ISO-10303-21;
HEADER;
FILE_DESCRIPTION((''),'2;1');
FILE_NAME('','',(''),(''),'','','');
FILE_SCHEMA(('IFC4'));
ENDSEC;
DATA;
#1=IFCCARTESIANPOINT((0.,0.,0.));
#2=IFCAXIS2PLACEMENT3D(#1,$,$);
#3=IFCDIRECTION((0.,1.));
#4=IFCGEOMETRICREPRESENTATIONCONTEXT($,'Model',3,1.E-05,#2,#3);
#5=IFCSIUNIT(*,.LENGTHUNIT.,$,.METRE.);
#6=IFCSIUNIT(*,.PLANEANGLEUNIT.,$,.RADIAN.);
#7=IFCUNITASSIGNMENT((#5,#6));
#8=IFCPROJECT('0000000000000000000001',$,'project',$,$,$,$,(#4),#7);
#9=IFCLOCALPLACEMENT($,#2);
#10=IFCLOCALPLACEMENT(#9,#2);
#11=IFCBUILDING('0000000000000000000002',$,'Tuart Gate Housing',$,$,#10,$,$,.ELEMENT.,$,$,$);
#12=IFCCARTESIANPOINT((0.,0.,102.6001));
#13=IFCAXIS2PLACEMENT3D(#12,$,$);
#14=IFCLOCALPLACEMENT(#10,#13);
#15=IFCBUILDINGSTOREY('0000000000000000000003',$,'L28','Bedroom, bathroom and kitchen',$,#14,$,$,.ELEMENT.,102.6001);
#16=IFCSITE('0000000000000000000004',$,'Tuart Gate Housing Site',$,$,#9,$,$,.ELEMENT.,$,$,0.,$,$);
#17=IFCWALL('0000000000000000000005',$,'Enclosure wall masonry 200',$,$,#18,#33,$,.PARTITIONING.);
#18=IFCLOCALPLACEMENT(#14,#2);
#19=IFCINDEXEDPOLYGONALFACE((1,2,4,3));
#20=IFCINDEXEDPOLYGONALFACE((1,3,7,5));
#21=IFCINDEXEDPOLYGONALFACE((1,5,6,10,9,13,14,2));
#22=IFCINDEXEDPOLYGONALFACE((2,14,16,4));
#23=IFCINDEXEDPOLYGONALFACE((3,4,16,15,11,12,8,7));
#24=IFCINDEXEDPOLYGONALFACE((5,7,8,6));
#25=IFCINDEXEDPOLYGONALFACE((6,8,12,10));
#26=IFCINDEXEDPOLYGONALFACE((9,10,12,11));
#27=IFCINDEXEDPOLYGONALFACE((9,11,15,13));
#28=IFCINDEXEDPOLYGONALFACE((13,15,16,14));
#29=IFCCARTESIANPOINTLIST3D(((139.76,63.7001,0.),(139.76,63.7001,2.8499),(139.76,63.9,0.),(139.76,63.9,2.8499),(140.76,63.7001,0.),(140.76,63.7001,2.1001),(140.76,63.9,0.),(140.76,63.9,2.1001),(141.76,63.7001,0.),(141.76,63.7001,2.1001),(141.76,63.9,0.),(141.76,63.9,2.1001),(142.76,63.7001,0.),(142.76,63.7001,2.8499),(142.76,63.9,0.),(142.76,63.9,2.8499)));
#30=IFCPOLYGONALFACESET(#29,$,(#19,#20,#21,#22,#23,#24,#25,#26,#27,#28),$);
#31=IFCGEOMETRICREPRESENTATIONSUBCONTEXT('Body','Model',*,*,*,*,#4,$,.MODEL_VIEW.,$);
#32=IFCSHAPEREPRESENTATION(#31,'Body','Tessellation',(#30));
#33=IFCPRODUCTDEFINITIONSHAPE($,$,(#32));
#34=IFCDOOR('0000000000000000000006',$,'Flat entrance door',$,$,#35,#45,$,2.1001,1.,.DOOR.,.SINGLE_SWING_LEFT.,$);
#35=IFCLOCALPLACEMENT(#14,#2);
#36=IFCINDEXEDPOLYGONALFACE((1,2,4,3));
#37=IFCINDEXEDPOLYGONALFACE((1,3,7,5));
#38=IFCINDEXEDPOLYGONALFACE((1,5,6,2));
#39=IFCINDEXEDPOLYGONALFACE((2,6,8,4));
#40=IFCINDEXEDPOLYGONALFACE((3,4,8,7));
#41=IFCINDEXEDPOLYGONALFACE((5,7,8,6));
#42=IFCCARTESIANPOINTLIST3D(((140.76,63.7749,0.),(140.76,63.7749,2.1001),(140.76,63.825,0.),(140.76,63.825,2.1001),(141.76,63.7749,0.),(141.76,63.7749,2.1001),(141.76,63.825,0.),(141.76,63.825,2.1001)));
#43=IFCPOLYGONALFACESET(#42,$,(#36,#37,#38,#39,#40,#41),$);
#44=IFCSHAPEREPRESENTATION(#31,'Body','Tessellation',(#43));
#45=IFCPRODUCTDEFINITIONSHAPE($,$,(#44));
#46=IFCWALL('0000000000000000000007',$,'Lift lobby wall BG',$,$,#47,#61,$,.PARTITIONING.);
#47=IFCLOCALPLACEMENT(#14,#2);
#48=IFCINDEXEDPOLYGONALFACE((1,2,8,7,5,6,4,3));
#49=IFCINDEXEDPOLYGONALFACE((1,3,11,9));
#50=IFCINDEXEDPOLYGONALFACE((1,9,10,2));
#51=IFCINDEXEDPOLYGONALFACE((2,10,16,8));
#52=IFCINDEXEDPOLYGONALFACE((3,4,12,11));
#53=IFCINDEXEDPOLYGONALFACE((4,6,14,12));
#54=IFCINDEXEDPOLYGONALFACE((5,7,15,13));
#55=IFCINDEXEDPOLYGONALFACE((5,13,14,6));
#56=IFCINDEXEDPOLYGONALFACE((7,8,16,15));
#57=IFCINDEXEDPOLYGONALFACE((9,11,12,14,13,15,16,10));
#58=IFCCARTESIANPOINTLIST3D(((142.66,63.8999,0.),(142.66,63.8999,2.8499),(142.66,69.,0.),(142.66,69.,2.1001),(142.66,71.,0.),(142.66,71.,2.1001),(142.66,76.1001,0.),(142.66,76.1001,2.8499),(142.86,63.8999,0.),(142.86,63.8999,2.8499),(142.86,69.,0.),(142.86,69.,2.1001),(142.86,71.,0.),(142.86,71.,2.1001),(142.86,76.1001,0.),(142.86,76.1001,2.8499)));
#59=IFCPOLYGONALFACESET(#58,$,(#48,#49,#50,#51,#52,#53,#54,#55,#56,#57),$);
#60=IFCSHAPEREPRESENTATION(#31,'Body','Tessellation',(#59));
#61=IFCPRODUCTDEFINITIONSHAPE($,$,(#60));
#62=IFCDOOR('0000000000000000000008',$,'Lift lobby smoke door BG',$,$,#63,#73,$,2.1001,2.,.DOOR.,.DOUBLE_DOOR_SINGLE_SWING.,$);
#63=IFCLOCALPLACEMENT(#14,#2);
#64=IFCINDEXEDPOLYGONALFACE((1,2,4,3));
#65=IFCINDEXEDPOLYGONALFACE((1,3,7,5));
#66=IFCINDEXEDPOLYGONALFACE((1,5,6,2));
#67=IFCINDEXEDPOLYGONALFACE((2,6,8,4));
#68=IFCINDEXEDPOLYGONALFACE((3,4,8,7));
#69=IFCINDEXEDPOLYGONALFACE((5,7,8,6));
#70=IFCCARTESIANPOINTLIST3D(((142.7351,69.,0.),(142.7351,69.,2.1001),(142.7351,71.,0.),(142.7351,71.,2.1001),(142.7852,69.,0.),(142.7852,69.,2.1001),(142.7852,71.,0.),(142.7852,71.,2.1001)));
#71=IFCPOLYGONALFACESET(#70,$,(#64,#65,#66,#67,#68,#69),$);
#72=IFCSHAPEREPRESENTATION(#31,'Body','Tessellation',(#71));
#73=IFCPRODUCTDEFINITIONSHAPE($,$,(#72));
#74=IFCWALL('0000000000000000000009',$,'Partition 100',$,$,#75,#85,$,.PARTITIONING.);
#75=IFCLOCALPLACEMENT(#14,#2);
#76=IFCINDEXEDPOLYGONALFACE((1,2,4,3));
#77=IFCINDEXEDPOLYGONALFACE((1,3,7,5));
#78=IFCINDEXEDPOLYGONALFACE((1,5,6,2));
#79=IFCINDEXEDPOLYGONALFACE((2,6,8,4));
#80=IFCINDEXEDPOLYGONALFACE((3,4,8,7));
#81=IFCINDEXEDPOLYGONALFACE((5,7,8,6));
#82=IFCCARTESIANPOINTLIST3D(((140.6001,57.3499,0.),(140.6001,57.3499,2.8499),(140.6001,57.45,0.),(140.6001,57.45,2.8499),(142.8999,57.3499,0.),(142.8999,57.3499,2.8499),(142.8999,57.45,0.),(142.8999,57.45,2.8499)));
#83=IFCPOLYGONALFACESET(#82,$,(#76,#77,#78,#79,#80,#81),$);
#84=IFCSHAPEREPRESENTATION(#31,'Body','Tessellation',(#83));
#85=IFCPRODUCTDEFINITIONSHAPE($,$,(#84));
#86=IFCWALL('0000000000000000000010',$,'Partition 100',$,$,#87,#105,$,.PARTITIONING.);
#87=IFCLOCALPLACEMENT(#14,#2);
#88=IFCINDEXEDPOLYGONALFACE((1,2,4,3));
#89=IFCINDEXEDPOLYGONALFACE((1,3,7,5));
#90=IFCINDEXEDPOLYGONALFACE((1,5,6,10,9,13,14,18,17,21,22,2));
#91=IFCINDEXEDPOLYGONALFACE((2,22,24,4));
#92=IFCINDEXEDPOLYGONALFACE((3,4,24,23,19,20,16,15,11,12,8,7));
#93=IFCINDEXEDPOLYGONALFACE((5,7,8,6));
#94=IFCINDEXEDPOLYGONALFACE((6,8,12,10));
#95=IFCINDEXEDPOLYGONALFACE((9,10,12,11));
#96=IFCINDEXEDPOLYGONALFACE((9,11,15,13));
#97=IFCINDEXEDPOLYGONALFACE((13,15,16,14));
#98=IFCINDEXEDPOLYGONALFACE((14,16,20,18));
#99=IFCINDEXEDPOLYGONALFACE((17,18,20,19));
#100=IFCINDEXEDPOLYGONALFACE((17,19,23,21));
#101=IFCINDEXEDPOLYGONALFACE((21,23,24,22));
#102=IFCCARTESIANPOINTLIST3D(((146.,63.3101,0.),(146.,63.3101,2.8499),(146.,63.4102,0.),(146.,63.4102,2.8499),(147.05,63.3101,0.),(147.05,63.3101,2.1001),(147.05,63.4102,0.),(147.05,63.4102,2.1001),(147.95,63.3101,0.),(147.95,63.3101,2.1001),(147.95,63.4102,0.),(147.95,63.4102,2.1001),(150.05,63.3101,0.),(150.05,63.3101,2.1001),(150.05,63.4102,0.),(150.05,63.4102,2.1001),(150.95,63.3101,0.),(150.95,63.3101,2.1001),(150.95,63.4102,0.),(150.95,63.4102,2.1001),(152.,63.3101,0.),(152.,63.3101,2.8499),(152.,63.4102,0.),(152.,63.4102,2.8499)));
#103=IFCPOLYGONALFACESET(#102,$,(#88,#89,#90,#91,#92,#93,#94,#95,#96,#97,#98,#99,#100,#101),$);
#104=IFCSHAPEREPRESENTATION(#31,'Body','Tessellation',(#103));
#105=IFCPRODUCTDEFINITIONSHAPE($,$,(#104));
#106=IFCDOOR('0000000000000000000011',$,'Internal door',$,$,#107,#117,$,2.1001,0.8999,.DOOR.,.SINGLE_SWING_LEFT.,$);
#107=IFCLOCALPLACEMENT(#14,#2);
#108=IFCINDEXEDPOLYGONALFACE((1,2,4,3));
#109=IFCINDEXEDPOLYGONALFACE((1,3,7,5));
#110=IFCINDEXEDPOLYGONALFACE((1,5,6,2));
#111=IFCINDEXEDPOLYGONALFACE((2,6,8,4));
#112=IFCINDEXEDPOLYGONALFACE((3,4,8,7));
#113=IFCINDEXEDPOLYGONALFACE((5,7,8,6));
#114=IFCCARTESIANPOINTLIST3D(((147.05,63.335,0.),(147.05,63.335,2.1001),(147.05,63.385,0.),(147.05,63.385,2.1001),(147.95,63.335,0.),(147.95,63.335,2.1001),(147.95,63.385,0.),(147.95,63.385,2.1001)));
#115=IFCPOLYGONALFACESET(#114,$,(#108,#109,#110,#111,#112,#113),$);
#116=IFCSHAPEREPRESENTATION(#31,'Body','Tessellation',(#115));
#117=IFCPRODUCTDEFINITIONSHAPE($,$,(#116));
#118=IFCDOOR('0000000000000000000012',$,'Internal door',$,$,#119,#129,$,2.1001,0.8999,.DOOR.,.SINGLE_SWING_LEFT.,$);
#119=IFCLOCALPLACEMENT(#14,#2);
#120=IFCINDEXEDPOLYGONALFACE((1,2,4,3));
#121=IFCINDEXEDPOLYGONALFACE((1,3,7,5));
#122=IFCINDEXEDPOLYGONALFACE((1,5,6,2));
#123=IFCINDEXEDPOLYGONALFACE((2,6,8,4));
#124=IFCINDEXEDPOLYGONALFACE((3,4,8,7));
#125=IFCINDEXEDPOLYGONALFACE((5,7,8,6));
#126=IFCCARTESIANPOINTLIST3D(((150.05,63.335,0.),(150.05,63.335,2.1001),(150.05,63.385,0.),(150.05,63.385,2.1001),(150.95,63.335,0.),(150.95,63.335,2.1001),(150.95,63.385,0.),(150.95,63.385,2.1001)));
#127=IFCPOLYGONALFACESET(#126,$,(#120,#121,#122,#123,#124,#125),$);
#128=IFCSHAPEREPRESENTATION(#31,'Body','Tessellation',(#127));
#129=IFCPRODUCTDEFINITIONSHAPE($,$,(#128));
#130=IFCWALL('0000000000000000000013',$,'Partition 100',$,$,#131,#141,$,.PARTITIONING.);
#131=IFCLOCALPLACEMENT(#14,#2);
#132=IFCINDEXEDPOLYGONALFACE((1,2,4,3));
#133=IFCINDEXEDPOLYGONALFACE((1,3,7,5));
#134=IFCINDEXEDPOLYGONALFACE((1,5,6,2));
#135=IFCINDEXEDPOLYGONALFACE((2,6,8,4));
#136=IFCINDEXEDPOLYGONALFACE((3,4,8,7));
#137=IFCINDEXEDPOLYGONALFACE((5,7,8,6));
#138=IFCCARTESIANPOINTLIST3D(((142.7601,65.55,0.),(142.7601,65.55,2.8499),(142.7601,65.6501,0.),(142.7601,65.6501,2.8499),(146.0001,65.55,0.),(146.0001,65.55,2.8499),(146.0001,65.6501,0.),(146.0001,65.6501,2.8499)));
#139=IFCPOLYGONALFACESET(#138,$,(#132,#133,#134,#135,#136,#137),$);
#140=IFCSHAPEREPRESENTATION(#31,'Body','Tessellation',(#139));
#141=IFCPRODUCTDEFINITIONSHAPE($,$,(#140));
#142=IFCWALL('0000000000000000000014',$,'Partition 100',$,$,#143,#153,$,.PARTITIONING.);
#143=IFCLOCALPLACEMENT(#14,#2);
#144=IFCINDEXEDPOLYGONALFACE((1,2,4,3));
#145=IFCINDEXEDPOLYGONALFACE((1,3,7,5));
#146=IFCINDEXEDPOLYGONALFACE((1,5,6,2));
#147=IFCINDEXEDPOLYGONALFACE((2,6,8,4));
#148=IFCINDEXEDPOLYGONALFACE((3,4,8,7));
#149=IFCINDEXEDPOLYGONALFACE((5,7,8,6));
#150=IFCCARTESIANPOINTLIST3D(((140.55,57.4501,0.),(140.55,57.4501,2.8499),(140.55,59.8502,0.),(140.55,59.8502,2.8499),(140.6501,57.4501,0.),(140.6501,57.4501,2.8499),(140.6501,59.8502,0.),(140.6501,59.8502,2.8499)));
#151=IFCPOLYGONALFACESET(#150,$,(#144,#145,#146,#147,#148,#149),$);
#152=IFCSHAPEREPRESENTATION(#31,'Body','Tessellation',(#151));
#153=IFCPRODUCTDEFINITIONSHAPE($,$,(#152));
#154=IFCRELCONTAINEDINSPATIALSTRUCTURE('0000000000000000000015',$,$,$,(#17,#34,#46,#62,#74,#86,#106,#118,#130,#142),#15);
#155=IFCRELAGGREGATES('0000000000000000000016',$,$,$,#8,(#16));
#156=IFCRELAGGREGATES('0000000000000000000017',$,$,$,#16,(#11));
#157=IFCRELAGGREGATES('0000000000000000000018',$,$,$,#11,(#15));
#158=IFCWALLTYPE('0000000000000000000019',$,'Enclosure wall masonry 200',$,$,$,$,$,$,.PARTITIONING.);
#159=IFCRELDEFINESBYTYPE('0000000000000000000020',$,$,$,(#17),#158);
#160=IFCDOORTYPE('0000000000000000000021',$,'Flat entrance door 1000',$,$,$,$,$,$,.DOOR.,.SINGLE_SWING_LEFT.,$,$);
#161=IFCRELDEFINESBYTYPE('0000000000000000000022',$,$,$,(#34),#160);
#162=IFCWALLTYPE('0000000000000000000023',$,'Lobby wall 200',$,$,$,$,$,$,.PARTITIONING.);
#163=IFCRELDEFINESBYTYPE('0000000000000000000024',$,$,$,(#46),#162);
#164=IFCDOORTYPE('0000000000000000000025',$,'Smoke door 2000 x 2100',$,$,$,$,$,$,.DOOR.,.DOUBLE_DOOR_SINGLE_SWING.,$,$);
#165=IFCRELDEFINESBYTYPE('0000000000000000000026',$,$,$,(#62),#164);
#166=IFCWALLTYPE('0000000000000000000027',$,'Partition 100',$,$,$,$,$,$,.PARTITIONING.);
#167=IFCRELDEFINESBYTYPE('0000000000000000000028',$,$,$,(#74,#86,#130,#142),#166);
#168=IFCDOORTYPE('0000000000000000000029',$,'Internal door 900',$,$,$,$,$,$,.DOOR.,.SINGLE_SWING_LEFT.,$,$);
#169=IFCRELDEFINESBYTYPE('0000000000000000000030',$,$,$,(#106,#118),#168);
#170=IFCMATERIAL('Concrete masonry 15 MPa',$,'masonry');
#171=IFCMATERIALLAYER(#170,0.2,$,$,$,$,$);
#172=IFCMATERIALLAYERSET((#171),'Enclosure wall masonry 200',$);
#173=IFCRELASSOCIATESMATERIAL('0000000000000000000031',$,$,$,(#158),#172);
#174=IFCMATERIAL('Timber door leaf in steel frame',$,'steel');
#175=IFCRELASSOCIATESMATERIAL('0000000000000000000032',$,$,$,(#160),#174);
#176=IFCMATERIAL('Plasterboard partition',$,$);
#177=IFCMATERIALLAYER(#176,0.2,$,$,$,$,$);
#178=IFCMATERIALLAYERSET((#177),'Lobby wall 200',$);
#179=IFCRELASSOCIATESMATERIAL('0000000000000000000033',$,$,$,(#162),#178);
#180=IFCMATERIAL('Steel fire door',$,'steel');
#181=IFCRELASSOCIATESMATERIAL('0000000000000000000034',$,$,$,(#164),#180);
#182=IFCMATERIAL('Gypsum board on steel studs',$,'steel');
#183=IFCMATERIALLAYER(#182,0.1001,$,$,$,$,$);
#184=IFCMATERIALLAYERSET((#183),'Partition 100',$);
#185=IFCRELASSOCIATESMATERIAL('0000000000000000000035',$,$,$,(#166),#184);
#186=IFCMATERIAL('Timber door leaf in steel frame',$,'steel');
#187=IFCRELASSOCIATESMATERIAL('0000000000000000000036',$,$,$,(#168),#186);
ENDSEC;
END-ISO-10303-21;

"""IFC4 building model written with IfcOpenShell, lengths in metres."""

from ifc_helpers import new_model, si_unit, direction, frame, frame_2d, origin, place, context, subcontext, project, spatial, rectangle, extrude, material, layer, layer_set, type_object, element, fill, save


model = new_model("IFC4")

# Units and contexts
model_context = context("Model", 3, precision=1e-05, world=origin(), true_north=direction((0.0, 1.0)))
body_context = subcontext(model_context, "Body", "Model", "MODEL_VIEW")
ifc_project = project(units=[si_unit("LENGTHUNIT", "METRE"), si_unit("PLANEANGLEUNIT", "RADIAN")], contexts=[model_context])

# Site, building, storey
site_placement = place(None, origin())
site = spatial("IfcSite", under=ifc_project, at=site_placement, Name="Tuart Gate Housing Site", CompositionType="ELEMENT", RefElevation=0.0)
building_placement = place(site_placement, origin())
building = spatial("IfcBuilding", under=site, at=building_placement, Name="Tuart Gate Housing", CompositionType="ELEMENT")
storey_placement = place(building_placement, frame((0.0, 0.0, 102.6001)))
storey = spatial("IfcBuildingStorey", under=building, at=storey_placement, Name="L28", Description="Bedroom, bathroom and kitchen", CompositionType="ELEMENT", Elevation=102.6001)

# Walls, openings, doors
ifc_material_1 = material(Name="Concrete masonry 15 MPa", Category="masonry")
ifc_layer_1 = layer(ifc_material_1, 0.2)
ifc_layer_set_1 = layer_set([ifc_layer_1], Name="Enclosure wall masonry 200")
wall_type_1 = type_object("IfcWallType", Name="Enclosure wall masonry 200", PredefinedType="PARTITIONING", material=ifc_layer_set_1)
wall_1_placement = place(storey_placement, frame((139.76, 63.8, 0.0), z_axis=(0.0, 0.0, 1.0), x_axis=(1.0, 0.0, 0.0)))
wall_1 = element("IfcWall", 1, at=wall_1_placement, inside=storey, type_object=wall_type_1, Name="Enclosure wall masonry 200", PredefinedType="PARTITIONING", context=body_context, shape_type="SweptSolid", body=[
    extrude(rectangle(XDim=3.0, YDim=0.2, at=frame_2d((1.5, 0.0))), origin(), (0.0, 0.0, 1.0), 2.8499),
])
opening_1_placement = place(wall_1_placement, frame((1.0, 0.0, 0.0)))
opening_1 = element("IfcOpeningElement", 2, at=opening_1_placement, cuts=wall_1, PredefinedType="OPENING", context=body_context, shape_type="SweptSolid", body=[
    extrude(rectangle(XDim=1.0, YDim=2.1001, at=frame_2d((0.5, 1.05))), frame((0.0, 0.1099, 0.0), z_axis=(0.0, -1.0, 0.0), x_axis=(1.0, 0.0, 0.0)), (0.0, 0.0, 1.0), 0.22),
])
ifc_material_2 = material(Name="Timber door leaf in steel frame", Category="steel")
door_type_1 = type_object("IfcDoorType", Name="Flat entrance door 1000", OperationType="SINGLE_SWING_LEFT", PredefinedType="DOOR", material=ifc_material_2)
door_1_placement = place(opening_1_placement, frame((1.0, 0.0, 0.0), z_axis=(0.0, 0.0, 1.0), x_axis=(-1.0, 0.0, 0.0)))
door_1 = element("IfcDoor", 3, at=door_1_placement, inside=storey, type_object=door_type_1, Name="Flat entrance door", OperationType="SINGLE_SWING_LEFT", OverallHeight=2.1001, OverallWidth=1.0, PredefinedType="DOOR", context=body_context, shape_type="SweptSolid", body=[
    extrude(rectangle(XDim=1.0, YDim=2.1001, at=frame_2d((0.5, 1.05))), frame((0.0, 0.0251, 0.0), z_axis=(0.0, -1.0, 0.0), x_axis=(1.0, 0.0, 0.0)), (0.0, 0.0, 1.0), 0.05),
])
fill(opening_1, door_1)
ifc_material_3 = material(Name="Plasterboard partition")
ifc_layer_2 = layer(ifc_material_3, 0.2)
ifc_layer_set_2 = layer_set([ifc_layer_2], Name="Lobby wall 200")
wall_type_2 = type_object("IfcWallType", Name="Lobby wall 200", PredefinedType="PARTITIONING", material=ifc_layer_set_2)
wall_2_placement = place(storey_placement, frame((142.76, 63.8999, 0.0), z_axis=(0.0, 0.0, 1.0), x_axis=(0.0, 1.0, 0.0)))
wall_2 = element("IfcWall", 4, at=wall_2_placement, inside=storey, type_object=wall_type_2, Name="Lift lobby wall BG", PredefinedType="PARTITIONING", context=body_context, shape_type="SweptSolid", body=[
    extrude(rectangle(XDim=12.2002, YDim=0.2, at=frame_2d((6.1001, 0.0))), origin(), (0.0, 0.0, 1.0), 2.8499),
])
opening_2_placement = place(wall_2_placement, frame((5.1001, 0.0, 0.0)))
opening_2 = element("IfcOpeningElement", 5, at=opening_2_placement, cuts=wall_2, PredefinedType="OPENING", context=body_context, shape_type="SweptSolid", body=[
    extrude(rectangle(XDim=2.0, YDim=2.1001, at=frame_2d((1.0, 1.05))), frame((0.0, 0.1099, 0.0), z_axis=(0.0, -1.0, 0.0), x_axis=(1.0, 0.0, 0.0)), (0.0, 0.0, 1.0), 0.22),
])
ifc_material_4 = material(Name="Steel fire door", Category="steel")
door_type_2 = type_object("IfcDoorType", Name="Smoke door 2000 x 2100", OperationType="DOUBLE_DOOR_SINGLE_SWING", PredefinedType="DOOR", material=ifc_material_4)
door_2_placement = place(opening_2_placement, origin())
door_2 = element("IfcDoor", 6, at=door_2_placement, inside=storey, type_object=door_type_2, Name="Lift lobby smoke door BG", OperationType="DOUBLE_DOOR_SINGLE_SWING", OverallHeight=2.1001, OverallWidth=2.0, PredefinedType="DOOR", context=body_context, shape_type="SweptSolid", body=[
    extrude(rectangle(XDim=2.0, YDim=2.1001, at=frame_2d((1.0, 1.05))), frame((0.0, 0.0249, 0.0), z_axis=(0.0, -1.0, 0.0), x_axis=(1.0, 0.0, 0.0)), (0.0, 0.0, 1.0), 0.05),
])
fill(opening_2, door_2)

# Wall
ifc_material_5 = material(Name="Gypsum board on steel studs", Category="steel")
ifc_layer_3 = layer(ifc_material_5, 0.1001)
ifc_layer_set_3 = layer_set([ifc_layer_3], Name="Partition 100")
wall_type_3 = type_object("IfcWallType", Name="Partition 100", PredefinedType="PARTITIONING", material=ifc_layer_set_3)
wall_3_placement = place(storey_placement, frame((140.6001, 57.3999, 0.0), z_axis=(0.0, 0.0, 1.0), x_axis=(1.0, 0.0, 0.0)))
element("IfcWall", 7, at=wall_3_placement, inside=storey, type_object=wall_type_3, Name="Partition 100", PredefinedType="PARTITIONING", context=body_context, shape_type="SweptSolid", body=[
    extrude(rectangle(XDim=2.2998, YDim=0.1001, at=frame_2d((1.1499, 0.0))), origin(), (0.0, 0.0, 1.0), 2.8499),
])

# Wall, openings, doors
wall_4_placement = place(storey_placement, frame((146.0, 63.3601, 0.0), z_axis=(0.0, 0.0, 1.0), x_axis=(1.0, 0.0, 0.0)))
wall_4 = element("IfcWall", 8, at=wall_4_placement, inside=storey, type_object=wall_type_3, Name="Partition 100", PredefinedType="PARTITIONING", context=body_context, shape_type="SweptSolid", body=[
    extrude(rectangle(XDim=6.0, YDim=0.1001, at=frame_2d((3.0, 0.0))), origin(), (0.0, 0.0, 1.0), 2.8499),
])
opening_3_placement = place(wall_4_placement, frame((1.05, 0.0, 0.0)))
opening_3 = element("IfcOpeningElement", 9, at=opening_3_placement, cuts=wall_4, PredefinedType="OPENING", context=body_context, shape_type="SweptSolid", body=[
    extrude(rectangle(XDim=0.8999, YDim=2.1001, at=frame_2d((0.45, 1.05))), frame((0.0, 0.0601, 0.0), z_axis=(0.0, -1.0, 0.0), x_axis=(1.0, 0.0, 0.0)), (0.0, 0.0, 1.0), 0.1201),
])
opening_4_placement = place(wall_4_placement, frame((4.05, 0.0, 0.0)))
opening_4 = element("IfcOpeningElement", 10, at=opening_4_placement, cuts=wall_4, PredefinedType="OPENING", context=body_context, shape_type="SweptSolid", body=[
    extrude(rectangle(XDim=0.8999, YDim=2.1001, at=frame_2d((0.45, 1.05))), frame((0.0, 0.0601, 0.0), z_axis=(0.0, -1.0, 0.0), x_axis=(1.0, 0.0, 0.0)), (0.0, 0.0, 1.0), 0.1201),
])
ifc_material_6 = material(Name="Timber door leaf in steel frame", Category="steel")
door_type_3 = type_object("IfcDoorType", Name="Internal door 900", OperationType="SINGLE_SWING_LEFT", PredefinedType="DOOR", material=ifc_material_6)
door_3_placement = place(opening_3_placement, origin())
door_3 = element("IfcDoor", 11, at=door_3_placement, inside=storey, type_object=door_type_3, Name="Internal door", OperationType="SINGLE_SWING_LEFT", OverallHeight=2.1001, OverallWidth=0.8999, PredefinedType="DOOR", context=body_context, shape_type="SweptSolid", body=[
    extrude(rectangle(XDim=0.8999, YDim=2.1001, at=frame_2d((0.45, 1.05))), frame((0.0, 0.0249, 0.0), z_axis=(0.0, -1.0, 0.0), x_axis=(1.0, 0.0, 0.0)), (0.0, 0.0, 1.0), 0.05),
])
fill(opening_3, door_3)
door_4_placement = place(opening_4_placement, origin())
door_4 = element("IfcDoor", 12, at=door_4_placement, inside=storey, type_object=door_type_3, Name="Internal door", OperationType="SINGLE_SWING_LEFT", OverallHeight=2.1001, OverallWidth=0.8999, PredefinedType="DOOR", context=body_context, shape_type="SweptSolid", body=[
    extrude(rectangle(XDim=0.8999, YDim=2.1001, at=frame_2d((0.45, 1.05))), frame((0.0, 0.0249, 0.0), z_axis=(0.0, -1.0, 0.0), x_axis=(1.0, 0.0, 0.0)), (0.0, 0.0, 1.0), 0.05),
])
fill(opening_4, door_4)

# Walls
wall_5_placement = place(storey_placement, frame((142.76, 65.6001, 0.0), z_axis=(0.0, 0.0, 1.0), x_axis=(1.0, 0.0, 0.0)))
element("IfcWall", 13, at=wall_5_placement, inside=storey, type_object=wall_type_3, Name="Partition 100", PredefinedType="PARTITIONING", context=body_context, shape_type="SweptSolid", body=[
    extrude(rectangle(XDim=3.24, YDim=0.1001, at=frame_2d((1.6201, 0.0))), origin(), (0.0, 0.0, 1.0), 2.8499),
])
wall_6_placement = place(storey_placement, frame((140.6001, 57.45, 0.0), z_axis=(0.0, 0.0, 1.0), x_axis=(0.0, 1.0, 0.0)))
element("IfcWall", 14, at=wall_6_placement, inside=storey, type_object=wall_type_3, Name="Partition 100", PredefinedType="PARTITIONING", context=body_context, shape_type="SweptSolid", body=[
    extrude(rectangle(XDim=2.4001, YDim=0.1001, at=frame_2d((1.2002, 0.0))), origin(), (0.0, 0.0, 1.0), 2.8499),
])

save(model, "model.ifc")
